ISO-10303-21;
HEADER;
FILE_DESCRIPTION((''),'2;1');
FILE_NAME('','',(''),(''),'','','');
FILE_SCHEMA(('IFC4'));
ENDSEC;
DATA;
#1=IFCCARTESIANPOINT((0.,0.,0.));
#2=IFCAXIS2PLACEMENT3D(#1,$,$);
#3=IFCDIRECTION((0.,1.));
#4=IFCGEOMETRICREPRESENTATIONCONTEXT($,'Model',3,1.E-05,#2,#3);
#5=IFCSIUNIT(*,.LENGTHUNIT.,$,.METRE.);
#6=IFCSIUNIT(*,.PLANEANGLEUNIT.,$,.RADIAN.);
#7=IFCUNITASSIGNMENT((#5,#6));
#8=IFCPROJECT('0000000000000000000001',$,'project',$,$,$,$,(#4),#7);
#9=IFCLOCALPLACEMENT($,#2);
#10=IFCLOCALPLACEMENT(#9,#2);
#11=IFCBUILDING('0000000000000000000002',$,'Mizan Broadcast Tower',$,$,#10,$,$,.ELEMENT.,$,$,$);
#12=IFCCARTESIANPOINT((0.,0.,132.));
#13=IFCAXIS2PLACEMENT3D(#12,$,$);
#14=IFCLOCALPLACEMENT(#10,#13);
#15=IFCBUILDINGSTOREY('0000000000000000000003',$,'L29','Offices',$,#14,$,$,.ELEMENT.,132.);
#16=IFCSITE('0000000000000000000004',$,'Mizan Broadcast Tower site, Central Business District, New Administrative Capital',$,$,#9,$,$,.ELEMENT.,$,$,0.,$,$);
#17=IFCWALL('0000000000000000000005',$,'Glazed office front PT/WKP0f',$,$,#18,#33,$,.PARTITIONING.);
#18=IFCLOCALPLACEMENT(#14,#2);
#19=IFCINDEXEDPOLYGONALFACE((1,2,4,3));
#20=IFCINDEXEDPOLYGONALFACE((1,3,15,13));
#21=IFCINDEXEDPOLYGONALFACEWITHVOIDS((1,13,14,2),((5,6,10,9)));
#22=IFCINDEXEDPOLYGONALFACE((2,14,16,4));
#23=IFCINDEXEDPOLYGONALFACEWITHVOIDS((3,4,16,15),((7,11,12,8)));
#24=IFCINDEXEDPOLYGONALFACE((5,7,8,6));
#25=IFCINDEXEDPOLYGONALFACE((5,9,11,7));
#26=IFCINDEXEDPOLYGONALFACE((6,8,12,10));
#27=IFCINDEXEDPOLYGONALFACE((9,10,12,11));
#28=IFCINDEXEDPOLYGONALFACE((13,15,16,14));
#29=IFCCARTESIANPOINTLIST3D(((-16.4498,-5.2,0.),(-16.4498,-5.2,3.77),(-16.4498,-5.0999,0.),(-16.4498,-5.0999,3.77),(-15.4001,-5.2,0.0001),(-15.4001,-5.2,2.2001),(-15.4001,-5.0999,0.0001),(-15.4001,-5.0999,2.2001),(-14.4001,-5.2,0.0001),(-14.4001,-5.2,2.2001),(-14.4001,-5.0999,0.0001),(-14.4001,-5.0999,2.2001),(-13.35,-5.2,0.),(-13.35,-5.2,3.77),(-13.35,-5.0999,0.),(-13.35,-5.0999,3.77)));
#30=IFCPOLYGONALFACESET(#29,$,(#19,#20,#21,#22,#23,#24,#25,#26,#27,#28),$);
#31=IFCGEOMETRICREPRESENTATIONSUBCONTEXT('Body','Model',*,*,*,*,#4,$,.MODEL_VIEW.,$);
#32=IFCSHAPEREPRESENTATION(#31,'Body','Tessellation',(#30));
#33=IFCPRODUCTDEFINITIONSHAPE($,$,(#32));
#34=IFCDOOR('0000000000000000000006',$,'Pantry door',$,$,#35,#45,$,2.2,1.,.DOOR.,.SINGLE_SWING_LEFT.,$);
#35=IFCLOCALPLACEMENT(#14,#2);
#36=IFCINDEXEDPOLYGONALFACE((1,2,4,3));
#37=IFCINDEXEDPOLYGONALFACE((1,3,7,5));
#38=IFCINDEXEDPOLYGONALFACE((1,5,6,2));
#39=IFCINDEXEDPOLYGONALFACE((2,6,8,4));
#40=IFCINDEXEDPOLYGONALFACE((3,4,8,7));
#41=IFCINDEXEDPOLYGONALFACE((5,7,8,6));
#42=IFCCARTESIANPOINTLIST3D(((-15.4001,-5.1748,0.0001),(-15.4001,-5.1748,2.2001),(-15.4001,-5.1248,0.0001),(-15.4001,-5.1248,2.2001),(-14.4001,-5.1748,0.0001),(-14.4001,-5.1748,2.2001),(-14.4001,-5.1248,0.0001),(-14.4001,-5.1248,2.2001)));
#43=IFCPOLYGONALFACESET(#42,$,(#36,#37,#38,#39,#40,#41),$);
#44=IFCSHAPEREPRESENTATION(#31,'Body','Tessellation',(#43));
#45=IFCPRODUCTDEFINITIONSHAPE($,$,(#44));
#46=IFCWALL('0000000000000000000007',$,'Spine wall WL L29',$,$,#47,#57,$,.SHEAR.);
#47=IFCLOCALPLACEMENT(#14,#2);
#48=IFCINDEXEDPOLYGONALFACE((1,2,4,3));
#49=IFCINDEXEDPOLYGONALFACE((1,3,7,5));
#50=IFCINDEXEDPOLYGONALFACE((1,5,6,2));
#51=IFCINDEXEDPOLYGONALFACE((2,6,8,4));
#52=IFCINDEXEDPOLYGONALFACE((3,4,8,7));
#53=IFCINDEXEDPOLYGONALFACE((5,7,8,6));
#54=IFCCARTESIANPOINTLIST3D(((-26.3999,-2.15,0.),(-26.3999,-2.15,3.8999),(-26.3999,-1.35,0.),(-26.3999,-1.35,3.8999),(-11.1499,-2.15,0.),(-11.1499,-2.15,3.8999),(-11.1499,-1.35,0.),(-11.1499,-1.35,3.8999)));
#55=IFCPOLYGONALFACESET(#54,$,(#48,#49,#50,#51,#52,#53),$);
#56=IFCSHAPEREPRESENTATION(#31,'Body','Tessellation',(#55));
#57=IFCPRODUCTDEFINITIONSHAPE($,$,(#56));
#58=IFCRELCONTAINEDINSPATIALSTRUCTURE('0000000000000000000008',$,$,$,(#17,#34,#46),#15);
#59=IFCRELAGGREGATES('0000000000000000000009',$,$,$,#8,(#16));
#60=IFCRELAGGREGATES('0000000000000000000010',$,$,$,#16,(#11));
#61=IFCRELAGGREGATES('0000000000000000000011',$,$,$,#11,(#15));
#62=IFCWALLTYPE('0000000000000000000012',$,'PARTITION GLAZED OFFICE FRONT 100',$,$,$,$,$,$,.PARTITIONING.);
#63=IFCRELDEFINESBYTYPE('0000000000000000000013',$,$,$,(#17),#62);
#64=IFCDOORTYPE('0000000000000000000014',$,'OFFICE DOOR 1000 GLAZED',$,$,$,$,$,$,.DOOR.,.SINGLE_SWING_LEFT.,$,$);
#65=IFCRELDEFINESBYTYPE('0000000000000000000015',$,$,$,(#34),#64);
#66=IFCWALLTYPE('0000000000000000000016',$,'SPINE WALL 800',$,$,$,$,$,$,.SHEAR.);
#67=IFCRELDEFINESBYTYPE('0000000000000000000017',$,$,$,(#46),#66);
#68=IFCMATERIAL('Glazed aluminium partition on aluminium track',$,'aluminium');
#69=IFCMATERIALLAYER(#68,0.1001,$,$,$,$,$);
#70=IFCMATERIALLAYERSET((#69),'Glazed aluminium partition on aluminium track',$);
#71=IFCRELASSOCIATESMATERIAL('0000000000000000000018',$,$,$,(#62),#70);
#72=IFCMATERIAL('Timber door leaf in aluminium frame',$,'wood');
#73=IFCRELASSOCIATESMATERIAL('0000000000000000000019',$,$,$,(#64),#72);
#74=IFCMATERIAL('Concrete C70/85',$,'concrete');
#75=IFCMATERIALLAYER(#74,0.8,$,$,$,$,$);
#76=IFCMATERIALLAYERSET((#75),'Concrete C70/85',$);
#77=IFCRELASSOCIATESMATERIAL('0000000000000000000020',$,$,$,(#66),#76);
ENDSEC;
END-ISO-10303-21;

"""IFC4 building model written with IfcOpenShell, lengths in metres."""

from ifc_helpers import new_model, si_unit, direction, frame, frame_2d, origin, place, context, subcontext, project, spatial, rectangle, extrude, material, layer, layer_set, type_object, element, fill, save


model = new_model("IFC4")

# Units and contexts
model_context = context("Model", 3, precision=1e-05, world=origin(), true_north=direction((0.0, 1.0)))
body_context = subcontext(model_context, "Body", "Model", "MODEL_VIEW")
ifc_project = project(units=[si_unit("LENGTHUNIT", "METRE"), si_unit("PLANEANGLEUNIT", "RADIAN")], contexts=[model_context])

# Site, building, storey
site_placement = place(None, origin())
site = spatial("IfcSite", under=ifc_project, at=site_placement, Name="Mizan Broadcast Tower site, Central Business District, New Administrative Capital", CompositionType="ELEMENT", RefElevation=0.0)
building_placement = place(site_placement, origin())
building = spatial("IfcBuilding", under=site, at=building_placement, Name="Mizan Broadcast Tower", CompositionType="ELEMENT")
storey_placement = place(building_placement, frame((0.0, 0.0, 132.0)))
storey = spatial("IfcBuildingStorey", under=building, at=storey_placement, Name="L29", Description="Offices", CompositionType="ELEMENT", Elevation=132.0)

# Shared definitions
ifc_material_1 = material(Name="Glazed aluminium partition on aluminium track", Category="aluminium")
ifc_layer_1 = layer(ifc_material_1, 0.1001)
ifc_layer_set_1 = layer_set([ifc_layer_1], Name="Glazed aluminium partition on aluminium track")
wall_type_1 = type_object("IfcWallType", Name="PARTITION GLAZED OFFICE FRONT 100", PredefinedType="PARTITIONING", material=ifc_layer_set_1)

# Wall, opening, door
wall_1_placement = place(storey_placement, frame((-13.3501, -5.1499, 0.0), z_axis=(0.0, 0.0, 1.0), x_axis=(-1.0, 0.0, 0.0)))
wall_1 = element("IfcWall", 1, at=wall_1_placement, inside=storey, type_object=wall_type_1, Name="Glazed office front PT/WKP0f", PredefinedType="PARTITIONING", context=body_context, shape_type="SweptSolid", body=[
    extrude(rectangle(XDim=3.0999, YDim=0.1001, at=frame_2d((1.5498, 0.0))), origin(), (0.0, 0.0, 1.0), 3.77),
])
opening_1_placement = place(wall_1_placement, frame((1.05, 0.0, 0.0)))
opening_1 = element("IfcOpeningElement", 2, at=opening_1_placement, cuts=wall_1, PredefinedType="OPENING", context=body_context, shape_type="SweptSolid", body=[
    extrude(rectangle(XDim=1.0, YDim=2.2, at=frame_2d((0.5, 1.1001))), frame((0.0, 0.0601, 0.0), z_axis=(0.0, -1.0, 0.0), x_axis=(1.0, 0.0, 0.0)), (0.0, 0.0, 1.0), 0.1201),
])
ifc_material_2 = material(Name="Timber door leaf in aluminium frame", Category="wood")
door_type_1 = type_object("IfcDoorType", Name="OFFICE DOOR 1000 GLAZED", OperationType="SINGLE_SWING_LEFT", PredefinedType="DOOR", material=ifc_material_2)
door_1_placement = place(opening_1_placement, origin())
door_1 = element("IfcDoor", 3, at=door_1_placement, inside=storey, type_object=door_type_1, Name="Pantry door", OperationType="SINGLE_SWING_LEFT", OverallHeight=2.2, OverallWidth=1.0, PredefinedType="DOOR", context=body_context, shape_type="SweptSolid", body=[
    extrude(rectangle(XDim=1.0, YDim=2.2, at=frame_2d((0.5, 1.1001))), frame((0.0, 0.0249, 0.0), z_axis=(0.0, -1.0, 0.0), x_axis=(1.0, 0.0, 0.0)), (0.0, 0.0, 1.0), 0.05),
])
fill(opening_1, door_1)

# Wall
ifc_material_3 = material(Name="Concrete C70/85", Category="concrete")
ifc_layer_2 = layer(ifc_material_3, 0.8)
ifc_layer_set_2 = layer_set([ifc_layer_2], Name="Concrete C70/85")
wall_type_2 = type_object("IfcWallType", Name="SPINE WALL 800", PredefinedType="SHEAR", material=ifc_layer_set_2)
wall_2_placement = place(storey_placement, frame((-11.1499, -1.75, 0.0), z_axis=(0.0, 0.0, 1.0), x_axis=(-1.0, 0.0, 0.0)))
element("IfcWall", 4, at=wall_2_placement, inside=storey, type_object=wall_type_2, Name="Spine wall WL L29", PredefinedType="SHEAR", context=body_context, shape_type="SweptSolid", body=[
    extrude(rectangle(XDim=15.25, YDim=0.8, at=frame_2d((7.625, 0.0))), origin(), (0.0, 0.0, 1.0), 3.8999),
])

save(model, "model.ifc")
